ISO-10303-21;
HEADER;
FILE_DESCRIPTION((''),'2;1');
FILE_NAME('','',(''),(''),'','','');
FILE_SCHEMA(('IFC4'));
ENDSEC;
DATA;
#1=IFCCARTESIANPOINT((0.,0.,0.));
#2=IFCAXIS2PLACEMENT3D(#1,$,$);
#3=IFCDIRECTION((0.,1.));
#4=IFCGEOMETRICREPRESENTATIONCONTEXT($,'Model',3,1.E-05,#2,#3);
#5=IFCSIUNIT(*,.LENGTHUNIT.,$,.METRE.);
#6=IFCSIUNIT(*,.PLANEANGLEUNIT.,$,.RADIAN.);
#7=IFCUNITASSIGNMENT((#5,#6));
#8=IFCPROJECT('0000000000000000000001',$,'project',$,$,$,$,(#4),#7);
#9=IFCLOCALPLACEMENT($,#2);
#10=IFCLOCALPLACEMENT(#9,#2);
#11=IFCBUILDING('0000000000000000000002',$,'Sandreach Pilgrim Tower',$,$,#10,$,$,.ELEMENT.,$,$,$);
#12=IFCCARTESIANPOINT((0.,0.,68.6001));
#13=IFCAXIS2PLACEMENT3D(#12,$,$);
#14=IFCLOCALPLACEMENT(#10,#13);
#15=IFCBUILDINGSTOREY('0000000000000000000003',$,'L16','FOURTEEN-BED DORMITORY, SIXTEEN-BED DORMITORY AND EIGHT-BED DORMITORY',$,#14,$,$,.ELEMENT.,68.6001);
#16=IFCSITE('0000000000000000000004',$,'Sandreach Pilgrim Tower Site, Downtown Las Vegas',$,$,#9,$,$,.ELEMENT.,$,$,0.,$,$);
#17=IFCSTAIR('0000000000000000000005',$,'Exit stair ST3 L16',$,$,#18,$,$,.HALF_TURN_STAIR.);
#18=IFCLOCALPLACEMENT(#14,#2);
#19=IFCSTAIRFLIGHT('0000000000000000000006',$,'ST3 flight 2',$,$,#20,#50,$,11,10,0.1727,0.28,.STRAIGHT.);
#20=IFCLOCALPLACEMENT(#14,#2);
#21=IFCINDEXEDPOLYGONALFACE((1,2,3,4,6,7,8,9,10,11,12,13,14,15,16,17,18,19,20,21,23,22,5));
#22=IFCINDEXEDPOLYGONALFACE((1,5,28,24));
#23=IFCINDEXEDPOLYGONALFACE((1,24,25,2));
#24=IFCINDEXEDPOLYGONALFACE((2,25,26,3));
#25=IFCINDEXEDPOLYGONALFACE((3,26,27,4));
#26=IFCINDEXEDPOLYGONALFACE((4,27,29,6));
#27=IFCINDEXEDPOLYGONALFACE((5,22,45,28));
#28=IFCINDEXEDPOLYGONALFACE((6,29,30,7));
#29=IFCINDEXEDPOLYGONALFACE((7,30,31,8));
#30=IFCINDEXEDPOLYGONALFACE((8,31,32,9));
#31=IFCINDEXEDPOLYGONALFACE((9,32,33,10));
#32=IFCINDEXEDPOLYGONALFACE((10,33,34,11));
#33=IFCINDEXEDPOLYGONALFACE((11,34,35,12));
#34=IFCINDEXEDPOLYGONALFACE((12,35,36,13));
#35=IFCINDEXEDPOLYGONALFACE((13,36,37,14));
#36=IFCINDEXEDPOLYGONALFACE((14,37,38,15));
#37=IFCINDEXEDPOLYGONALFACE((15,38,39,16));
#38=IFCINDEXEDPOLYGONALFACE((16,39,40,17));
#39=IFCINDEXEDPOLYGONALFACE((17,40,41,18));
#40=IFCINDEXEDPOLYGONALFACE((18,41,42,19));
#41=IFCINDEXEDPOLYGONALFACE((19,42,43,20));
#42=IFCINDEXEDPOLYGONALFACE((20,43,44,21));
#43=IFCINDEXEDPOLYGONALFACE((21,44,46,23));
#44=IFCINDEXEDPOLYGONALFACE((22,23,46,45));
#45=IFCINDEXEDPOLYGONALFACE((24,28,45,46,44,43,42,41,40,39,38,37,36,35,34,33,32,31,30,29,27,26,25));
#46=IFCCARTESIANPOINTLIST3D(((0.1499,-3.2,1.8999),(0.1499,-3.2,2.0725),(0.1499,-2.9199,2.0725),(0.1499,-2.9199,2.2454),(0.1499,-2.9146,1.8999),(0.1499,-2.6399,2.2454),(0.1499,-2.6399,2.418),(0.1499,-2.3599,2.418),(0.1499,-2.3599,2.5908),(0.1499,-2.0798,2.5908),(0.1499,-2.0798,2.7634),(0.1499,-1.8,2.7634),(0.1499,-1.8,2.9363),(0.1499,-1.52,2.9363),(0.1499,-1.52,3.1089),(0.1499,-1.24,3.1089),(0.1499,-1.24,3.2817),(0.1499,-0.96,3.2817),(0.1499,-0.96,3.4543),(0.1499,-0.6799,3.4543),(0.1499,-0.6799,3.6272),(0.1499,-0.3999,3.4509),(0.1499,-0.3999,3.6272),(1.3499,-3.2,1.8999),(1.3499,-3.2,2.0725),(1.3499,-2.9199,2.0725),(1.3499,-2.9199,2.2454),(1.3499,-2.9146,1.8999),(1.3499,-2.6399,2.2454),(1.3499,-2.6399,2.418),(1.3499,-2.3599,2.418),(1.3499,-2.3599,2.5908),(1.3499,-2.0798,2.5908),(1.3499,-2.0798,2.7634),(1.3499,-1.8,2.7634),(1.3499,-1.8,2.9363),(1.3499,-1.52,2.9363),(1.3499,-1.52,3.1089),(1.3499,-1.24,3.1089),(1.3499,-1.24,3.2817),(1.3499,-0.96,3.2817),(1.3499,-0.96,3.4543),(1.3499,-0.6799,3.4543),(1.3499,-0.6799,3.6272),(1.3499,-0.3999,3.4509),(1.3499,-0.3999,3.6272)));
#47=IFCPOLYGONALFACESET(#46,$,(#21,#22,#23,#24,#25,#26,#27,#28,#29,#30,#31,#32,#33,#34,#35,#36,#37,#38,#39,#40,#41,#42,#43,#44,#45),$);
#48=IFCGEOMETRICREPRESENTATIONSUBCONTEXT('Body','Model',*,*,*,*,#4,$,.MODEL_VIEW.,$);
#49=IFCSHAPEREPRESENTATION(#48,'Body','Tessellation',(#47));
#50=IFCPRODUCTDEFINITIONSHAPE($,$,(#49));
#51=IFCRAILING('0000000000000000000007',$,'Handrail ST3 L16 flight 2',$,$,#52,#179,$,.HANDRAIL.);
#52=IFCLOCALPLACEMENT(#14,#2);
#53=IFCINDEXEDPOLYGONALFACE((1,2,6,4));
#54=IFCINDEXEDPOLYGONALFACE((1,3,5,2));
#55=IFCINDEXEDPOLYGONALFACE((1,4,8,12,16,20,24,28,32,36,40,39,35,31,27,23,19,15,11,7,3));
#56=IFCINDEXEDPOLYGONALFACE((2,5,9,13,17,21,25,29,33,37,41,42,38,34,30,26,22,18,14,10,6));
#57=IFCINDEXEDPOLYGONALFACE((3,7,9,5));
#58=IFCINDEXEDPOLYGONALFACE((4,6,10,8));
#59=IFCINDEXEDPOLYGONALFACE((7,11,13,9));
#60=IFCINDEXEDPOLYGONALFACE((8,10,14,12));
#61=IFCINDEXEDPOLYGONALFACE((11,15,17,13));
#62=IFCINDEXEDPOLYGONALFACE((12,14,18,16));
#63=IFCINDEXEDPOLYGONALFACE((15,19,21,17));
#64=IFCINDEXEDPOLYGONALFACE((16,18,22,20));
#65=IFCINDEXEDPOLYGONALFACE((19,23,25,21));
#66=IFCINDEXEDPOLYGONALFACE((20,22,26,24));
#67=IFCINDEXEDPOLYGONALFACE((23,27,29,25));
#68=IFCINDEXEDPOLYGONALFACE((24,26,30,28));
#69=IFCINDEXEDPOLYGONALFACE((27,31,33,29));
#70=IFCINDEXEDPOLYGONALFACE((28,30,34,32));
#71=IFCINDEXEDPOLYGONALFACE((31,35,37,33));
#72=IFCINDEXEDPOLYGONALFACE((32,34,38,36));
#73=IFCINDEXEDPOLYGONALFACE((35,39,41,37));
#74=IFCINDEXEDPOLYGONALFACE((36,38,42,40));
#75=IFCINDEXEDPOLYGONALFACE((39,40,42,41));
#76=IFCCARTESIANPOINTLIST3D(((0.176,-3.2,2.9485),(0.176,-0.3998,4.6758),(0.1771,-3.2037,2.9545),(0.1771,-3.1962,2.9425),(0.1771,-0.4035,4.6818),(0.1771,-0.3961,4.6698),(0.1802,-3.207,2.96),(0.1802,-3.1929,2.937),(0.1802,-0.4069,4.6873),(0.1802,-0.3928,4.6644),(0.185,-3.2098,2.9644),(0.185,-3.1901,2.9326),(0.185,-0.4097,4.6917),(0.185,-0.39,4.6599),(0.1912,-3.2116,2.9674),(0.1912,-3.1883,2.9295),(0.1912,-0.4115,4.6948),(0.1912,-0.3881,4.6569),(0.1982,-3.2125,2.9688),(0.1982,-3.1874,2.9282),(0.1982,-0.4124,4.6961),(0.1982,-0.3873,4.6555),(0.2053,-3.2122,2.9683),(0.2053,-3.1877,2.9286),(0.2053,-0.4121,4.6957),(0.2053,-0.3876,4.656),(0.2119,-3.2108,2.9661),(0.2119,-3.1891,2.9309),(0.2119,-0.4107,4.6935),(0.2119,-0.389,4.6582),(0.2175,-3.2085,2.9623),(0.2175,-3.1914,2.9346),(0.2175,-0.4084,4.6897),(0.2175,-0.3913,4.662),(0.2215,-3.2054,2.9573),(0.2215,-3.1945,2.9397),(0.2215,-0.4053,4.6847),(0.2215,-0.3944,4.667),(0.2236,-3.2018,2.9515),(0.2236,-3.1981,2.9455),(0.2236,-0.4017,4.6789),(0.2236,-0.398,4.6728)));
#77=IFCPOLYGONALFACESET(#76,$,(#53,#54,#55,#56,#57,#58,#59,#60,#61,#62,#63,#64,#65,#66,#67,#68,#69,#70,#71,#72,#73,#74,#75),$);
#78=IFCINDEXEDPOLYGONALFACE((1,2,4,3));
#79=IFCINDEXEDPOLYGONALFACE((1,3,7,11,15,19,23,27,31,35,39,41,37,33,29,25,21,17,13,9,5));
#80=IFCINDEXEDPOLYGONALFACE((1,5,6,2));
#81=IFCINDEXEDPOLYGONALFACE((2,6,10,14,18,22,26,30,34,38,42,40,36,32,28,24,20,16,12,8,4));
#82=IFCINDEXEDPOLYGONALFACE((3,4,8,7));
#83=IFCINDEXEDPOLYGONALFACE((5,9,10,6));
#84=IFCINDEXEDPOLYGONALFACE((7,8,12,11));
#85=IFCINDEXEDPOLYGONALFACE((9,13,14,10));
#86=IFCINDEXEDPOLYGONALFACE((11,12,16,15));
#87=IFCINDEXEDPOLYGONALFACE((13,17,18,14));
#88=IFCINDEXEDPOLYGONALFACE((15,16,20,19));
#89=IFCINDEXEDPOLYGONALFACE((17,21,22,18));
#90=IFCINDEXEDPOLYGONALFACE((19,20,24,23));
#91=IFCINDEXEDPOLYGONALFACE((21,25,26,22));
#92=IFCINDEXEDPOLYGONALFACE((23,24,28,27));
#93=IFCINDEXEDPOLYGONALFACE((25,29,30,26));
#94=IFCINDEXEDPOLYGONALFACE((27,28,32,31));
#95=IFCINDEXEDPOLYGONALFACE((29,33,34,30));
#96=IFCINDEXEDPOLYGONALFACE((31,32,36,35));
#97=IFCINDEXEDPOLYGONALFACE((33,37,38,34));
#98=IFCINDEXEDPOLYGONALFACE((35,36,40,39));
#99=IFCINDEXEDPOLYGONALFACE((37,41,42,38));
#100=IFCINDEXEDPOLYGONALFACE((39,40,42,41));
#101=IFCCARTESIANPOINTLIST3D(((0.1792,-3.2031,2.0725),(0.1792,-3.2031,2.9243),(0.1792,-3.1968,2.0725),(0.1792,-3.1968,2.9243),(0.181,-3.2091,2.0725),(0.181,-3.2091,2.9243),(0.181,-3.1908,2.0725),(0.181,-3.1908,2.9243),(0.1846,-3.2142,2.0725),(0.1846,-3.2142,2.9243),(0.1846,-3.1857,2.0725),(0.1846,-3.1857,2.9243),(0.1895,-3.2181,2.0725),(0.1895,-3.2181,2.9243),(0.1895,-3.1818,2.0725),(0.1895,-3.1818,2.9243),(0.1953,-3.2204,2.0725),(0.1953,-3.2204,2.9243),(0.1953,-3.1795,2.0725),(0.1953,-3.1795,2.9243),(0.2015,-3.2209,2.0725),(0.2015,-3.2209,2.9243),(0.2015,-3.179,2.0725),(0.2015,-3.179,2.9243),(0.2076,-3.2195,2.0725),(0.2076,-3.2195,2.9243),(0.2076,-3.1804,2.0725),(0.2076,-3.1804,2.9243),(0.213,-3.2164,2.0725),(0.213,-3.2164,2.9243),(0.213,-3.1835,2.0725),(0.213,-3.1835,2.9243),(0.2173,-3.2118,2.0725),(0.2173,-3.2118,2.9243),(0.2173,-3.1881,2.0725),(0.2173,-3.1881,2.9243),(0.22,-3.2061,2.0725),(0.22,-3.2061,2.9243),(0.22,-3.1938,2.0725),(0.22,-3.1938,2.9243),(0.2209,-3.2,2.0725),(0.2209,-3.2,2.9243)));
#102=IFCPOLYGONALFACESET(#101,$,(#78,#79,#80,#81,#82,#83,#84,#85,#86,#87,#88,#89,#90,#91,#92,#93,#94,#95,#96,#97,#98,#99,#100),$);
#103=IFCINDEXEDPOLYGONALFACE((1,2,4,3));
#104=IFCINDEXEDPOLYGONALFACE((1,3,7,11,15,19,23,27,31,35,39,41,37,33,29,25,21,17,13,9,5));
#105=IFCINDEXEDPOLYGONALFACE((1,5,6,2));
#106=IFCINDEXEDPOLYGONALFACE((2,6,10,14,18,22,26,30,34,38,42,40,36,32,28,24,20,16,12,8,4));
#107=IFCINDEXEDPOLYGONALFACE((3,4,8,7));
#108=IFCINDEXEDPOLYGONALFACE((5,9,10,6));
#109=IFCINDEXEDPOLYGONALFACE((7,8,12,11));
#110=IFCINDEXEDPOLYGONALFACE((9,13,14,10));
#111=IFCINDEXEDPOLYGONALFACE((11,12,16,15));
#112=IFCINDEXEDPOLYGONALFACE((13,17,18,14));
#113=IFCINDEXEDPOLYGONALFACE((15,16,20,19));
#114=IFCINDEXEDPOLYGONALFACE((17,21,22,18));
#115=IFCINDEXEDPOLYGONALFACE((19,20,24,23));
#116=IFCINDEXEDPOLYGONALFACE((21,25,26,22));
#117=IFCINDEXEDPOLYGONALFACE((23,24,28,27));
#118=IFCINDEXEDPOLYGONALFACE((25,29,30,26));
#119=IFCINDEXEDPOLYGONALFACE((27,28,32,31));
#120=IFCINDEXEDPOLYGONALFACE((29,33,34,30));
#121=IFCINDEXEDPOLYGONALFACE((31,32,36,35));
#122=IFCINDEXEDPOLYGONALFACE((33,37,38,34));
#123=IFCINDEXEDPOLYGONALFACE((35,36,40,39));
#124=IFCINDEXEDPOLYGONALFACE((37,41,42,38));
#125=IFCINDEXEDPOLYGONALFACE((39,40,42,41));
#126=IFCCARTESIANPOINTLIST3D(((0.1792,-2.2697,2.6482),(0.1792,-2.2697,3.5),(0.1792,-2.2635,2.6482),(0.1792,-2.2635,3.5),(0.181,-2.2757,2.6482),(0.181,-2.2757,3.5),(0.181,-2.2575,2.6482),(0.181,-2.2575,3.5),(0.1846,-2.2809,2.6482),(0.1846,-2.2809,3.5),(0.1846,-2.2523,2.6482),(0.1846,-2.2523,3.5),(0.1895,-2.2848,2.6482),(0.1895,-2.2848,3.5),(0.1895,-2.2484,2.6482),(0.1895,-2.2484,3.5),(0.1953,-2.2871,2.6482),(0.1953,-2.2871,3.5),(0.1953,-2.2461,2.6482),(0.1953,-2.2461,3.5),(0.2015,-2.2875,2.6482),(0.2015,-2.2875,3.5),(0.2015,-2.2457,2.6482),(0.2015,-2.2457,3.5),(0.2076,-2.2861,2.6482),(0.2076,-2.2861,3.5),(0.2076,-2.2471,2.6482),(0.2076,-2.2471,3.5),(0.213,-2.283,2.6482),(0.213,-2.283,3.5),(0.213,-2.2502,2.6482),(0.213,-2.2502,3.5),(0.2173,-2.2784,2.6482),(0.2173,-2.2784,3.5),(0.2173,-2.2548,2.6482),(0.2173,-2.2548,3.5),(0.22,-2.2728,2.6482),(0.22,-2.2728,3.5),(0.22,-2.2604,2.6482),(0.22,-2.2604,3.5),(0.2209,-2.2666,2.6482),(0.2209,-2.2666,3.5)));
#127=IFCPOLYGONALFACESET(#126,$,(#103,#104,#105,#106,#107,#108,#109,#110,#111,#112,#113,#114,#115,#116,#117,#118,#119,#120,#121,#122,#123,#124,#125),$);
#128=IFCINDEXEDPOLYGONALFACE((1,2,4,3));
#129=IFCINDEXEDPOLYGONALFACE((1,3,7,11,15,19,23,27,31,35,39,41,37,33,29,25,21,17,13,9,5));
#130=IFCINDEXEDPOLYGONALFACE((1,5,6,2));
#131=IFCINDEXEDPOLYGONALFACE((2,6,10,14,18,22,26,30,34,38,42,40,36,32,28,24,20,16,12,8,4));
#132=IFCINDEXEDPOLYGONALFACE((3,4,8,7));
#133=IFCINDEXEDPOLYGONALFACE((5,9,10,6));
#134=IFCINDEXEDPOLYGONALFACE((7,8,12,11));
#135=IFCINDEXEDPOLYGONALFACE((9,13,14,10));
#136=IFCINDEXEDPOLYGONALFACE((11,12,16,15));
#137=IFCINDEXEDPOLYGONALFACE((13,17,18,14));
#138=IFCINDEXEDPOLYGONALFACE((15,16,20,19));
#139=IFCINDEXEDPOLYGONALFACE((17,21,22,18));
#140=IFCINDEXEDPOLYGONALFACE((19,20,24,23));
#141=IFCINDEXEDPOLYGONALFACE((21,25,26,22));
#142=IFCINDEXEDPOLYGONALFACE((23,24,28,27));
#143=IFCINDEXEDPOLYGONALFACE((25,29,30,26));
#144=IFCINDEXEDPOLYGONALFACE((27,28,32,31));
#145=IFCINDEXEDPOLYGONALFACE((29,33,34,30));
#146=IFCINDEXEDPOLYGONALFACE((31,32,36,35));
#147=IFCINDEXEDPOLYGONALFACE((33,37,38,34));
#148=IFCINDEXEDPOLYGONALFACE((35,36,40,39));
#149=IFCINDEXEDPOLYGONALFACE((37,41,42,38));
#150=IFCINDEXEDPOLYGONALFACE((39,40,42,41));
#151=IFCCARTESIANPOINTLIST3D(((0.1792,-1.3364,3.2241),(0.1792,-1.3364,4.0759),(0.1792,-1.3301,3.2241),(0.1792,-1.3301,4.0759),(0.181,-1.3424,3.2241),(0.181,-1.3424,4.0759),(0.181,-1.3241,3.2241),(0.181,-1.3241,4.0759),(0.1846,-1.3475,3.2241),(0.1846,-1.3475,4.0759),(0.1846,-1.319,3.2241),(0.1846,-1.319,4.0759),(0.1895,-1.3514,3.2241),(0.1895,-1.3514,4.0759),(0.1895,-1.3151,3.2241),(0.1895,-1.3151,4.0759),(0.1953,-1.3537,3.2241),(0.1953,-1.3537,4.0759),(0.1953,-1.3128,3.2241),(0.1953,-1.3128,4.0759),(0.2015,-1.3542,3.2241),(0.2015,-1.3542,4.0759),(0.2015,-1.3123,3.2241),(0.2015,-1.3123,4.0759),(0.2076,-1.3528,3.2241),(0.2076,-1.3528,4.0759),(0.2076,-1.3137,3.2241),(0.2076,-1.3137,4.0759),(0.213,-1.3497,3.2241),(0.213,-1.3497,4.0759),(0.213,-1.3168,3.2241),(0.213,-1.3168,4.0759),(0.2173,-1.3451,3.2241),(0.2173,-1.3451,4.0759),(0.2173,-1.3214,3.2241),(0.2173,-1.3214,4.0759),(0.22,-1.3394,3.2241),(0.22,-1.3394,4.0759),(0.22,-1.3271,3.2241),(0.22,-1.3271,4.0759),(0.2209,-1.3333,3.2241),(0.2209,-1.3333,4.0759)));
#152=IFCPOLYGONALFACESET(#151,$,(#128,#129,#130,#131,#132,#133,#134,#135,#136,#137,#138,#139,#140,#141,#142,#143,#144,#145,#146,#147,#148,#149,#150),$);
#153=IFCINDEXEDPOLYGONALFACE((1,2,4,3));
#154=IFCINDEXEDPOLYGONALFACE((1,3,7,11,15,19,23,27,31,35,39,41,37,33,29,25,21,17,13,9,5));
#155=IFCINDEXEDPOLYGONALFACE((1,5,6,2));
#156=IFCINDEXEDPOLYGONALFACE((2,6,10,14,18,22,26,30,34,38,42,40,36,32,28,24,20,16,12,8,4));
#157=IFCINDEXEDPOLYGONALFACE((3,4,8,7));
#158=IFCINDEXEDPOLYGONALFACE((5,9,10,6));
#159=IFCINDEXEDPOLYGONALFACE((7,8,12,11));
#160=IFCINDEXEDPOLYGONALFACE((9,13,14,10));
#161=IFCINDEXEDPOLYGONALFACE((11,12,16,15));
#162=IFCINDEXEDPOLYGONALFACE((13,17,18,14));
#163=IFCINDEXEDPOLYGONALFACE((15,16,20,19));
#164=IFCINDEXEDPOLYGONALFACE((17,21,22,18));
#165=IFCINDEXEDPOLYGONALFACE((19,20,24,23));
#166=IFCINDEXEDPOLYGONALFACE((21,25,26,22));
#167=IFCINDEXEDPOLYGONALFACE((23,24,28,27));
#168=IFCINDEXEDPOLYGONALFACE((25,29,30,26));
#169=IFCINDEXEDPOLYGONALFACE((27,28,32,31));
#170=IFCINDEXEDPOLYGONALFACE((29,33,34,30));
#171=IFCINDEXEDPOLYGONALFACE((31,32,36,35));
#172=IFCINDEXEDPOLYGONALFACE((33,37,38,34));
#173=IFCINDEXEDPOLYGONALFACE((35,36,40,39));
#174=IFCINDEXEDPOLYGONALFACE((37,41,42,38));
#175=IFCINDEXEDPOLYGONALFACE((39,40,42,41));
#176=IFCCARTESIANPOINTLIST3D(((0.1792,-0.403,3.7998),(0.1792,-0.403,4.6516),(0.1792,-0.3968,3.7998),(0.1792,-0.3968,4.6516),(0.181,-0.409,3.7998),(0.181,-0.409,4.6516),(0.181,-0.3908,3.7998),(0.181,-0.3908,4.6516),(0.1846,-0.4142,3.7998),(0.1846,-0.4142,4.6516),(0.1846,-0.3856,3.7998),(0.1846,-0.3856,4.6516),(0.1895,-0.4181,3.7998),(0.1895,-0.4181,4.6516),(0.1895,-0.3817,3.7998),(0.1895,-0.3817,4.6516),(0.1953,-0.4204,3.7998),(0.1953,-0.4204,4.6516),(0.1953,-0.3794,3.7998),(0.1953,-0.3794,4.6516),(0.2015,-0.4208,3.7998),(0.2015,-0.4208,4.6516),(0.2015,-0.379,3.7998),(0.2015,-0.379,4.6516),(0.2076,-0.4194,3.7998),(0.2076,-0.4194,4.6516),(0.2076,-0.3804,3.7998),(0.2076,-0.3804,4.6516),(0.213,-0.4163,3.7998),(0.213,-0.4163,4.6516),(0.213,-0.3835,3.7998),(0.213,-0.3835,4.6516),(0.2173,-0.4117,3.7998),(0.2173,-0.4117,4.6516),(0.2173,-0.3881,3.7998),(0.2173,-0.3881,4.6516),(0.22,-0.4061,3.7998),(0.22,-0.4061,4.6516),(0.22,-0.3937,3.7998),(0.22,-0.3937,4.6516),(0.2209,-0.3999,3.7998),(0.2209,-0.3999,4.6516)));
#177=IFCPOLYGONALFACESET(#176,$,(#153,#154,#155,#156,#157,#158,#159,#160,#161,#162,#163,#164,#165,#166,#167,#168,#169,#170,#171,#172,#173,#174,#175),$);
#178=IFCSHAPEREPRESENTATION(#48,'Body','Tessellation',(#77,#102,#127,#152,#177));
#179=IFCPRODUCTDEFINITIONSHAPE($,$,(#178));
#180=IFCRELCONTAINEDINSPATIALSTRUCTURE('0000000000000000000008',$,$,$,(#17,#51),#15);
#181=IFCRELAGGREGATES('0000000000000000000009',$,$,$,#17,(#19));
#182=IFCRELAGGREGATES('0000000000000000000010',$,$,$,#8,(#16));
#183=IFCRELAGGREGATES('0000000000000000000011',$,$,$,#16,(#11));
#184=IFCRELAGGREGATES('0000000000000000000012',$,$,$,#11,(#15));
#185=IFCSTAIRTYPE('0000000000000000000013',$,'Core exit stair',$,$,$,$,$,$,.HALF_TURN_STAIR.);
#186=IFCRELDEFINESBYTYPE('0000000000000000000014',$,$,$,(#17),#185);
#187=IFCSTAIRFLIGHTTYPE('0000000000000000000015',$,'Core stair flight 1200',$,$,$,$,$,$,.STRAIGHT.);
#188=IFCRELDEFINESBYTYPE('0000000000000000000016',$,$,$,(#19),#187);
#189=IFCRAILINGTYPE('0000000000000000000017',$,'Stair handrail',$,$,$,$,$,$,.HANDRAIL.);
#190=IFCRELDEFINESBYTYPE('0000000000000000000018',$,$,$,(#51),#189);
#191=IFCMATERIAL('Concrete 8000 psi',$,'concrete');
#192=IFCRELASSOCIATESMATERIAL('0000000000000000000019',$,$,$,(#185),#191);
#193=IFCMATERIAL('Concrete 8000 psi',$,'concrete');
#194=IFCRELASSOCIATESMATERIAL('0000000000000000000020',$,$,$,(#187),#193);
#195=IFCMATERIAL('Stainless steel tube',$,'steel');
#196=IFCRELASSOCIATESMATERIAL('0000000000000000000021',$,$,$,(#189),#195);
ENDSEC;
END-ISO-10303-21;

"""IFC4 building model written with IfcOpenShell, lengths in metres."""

from ifc_helpers import new_model, si_unit, direction, frame, origin, origin_2d, place, context, subcontext, project, spatial, polyline, circle, outline, extrude, material, type_object, element, aggregate, save


model = new_model("IFC4")

# Units and contexts
model_context = context("Model", 3, precision=1e-05, world=origin(), true_north=direction((0.0, 1.0)))
body_context = subcontext(model_context, "Body", "Model", "MODEL_VIEW")
ifc_project = project(units=[si_unit("LENGTHUNIT", "METRE"), si_unit("PLANEANGLEUNIT", "RADIAN")], contexts=[model_context])

# Site, building, storey
site_placement = place(None, origin())
site = spatial("IfcSite", under=ifc_project, at=site_placement, Name="Sandreach Pilgrim Tower Site, Downtown Las Vegas", CompositionType="ELEMENT", RefElevation=0.0)
building_placement = place(site_placement, origin())
building = spatial("IfcBuilding", under=site, at=building_placement, Name="Sandreach Pilgrim Tower", CompositionType="ELEMENT")
storey_placement = place(building_placement, frame((0.0, 0.0, 68.6001)))
storey = spatial("IfcBuildingStorey", under=building, at=storey_placement, Name="L16", Description="FOURTEEN-BED DORMITORY, SIXTEEN-BED DORMITORY AND EIGHT-BED DORMITORY", CompositionType="ELEMENT", Elevation=68.6001)

# Stair, stair flight
ifc_material_1 = material(Name="Concrete 8000 psi", Category="concrete")
stair_type = type_object("IfcStairType", Name="Core exit stair", PredefinedType="HALF_TURN_STAIR", material=ifc_material_1)
stair_placement = place(storey_placement, origin())
stair = element("IfcStair", 1, at=stair_placement, inside=storey, type_object=stair_type, Name="Exit stair ST3 L16", PredefinedType="HALF_TURN_STAIR")
ifc_material_2 = material(Name="Concrete 8000 psi", Category="concrete")
stair_flight_type = type_object("IfcStairFlightType", Name="Core stair flight 1200", PredefinedType="STRAIGHT", material=ifc_material_2)
stair_flight_placement = place(storey_placement, frame((0.75, -3.2, 1.8999), z_axis=(0.0, 0.0, 1.0), x_axis=(0.0, 1.0, 0.0)))
stair_flight = element("IfcStairFlight", 2, at=stair_flight_placement, type_object=stair_flight_type, Name="ST3 flight 2", NumberOfRisers=11, NumberOfTreads=10, PredefinedType="STRAIGHT", RiserHeight=0.1727, TreadLength=0.28, context=body_context, shape_type="SweptSolid", body=[
    extrude(outline(polyline([(0.0, 0.0), (0.0, 0.1726), (0.28, 0.1726), (0.28, 0.3455), (0.5601, 0.3455), (0.5601, 0.5181), (0.8401, 0.5181), (0.8401, 0.6909), (1.1201, 0.6909), (1.1201, 0.8635), (1.3999, 0.8635), (1.3999, 1.0364), (1.6799, 1.0364), (1.6799, 1.209), (1.96, 1.209), (1.96, 1.3818), (2.24, 1.3818), (2.24, 1.5544), (2.52, 1.5544), (2.52, 1.7273), (2.8, 1.7273), (2.8, 1.8999), (2.8, 1.551), (0.2854, 0.0), (0.0, 0.0)])), frame((0.0, 0.6001, 0.0), z_axis=(0.0, -1.0, 0.0), x_axis=(1.0, 0.0, 0.0)), (0.0, 0.0, 1.0), 1.2),
])
aggregate(stair, [stair_flight])

# Railing
ifc_material_3 = material(Name="Stainless steel tube", Category="steel")
railing_type = type_object("IfcRailingType", Name="Stair handrail", PredefinedType="HANDRAIL", material=ifc_material_3)
for number, where, name in (
    (3, (0.2, -3.2, 2.0725), "Handrail ST3 L16 flight 2"),
):
    element("IfcRailing", number, at=place(storey_placement, frame(where)), inside=storey, type_object=railing_type, Name=name, PredefinedType="HANDRAIL", context=body_context, shape_type="SweptSolid", body=[
        extrude(circle(Radius=0.0239, at=origin_2d()), frame((0.0, 0.0, 0.876), z_axis=(0.0, 0.85109, 0.52502), x_axis=(-1.0, 0.0, 0.0)), (0.0, 0.0, 1.0), 3.29),
        extrude(circle(Radius=0.021, at=origin_2d()), origin(), (0.0, 0.0, 1.0), 0.8518),
        extrude(circle(Radius=0.021, at=origin_2d()), frame((0.0, 0.9333, 0.5757)), (0.0, 0.0, 1.0), 0.8518),
        extrude(circle(Radius=0.021, at=origin_2d()), frame((0.0, 1.8667, 1.1516)), (0.0, 0.0, 1.0), 0.8518),
        extrude(circle(Radius=0.021, at=origin_2d()), frame((0.0, 2.8, 1.7273)), (0.0, 0.0, 1.0), 0.8518),
    ])

save(model, "model.ifc")
